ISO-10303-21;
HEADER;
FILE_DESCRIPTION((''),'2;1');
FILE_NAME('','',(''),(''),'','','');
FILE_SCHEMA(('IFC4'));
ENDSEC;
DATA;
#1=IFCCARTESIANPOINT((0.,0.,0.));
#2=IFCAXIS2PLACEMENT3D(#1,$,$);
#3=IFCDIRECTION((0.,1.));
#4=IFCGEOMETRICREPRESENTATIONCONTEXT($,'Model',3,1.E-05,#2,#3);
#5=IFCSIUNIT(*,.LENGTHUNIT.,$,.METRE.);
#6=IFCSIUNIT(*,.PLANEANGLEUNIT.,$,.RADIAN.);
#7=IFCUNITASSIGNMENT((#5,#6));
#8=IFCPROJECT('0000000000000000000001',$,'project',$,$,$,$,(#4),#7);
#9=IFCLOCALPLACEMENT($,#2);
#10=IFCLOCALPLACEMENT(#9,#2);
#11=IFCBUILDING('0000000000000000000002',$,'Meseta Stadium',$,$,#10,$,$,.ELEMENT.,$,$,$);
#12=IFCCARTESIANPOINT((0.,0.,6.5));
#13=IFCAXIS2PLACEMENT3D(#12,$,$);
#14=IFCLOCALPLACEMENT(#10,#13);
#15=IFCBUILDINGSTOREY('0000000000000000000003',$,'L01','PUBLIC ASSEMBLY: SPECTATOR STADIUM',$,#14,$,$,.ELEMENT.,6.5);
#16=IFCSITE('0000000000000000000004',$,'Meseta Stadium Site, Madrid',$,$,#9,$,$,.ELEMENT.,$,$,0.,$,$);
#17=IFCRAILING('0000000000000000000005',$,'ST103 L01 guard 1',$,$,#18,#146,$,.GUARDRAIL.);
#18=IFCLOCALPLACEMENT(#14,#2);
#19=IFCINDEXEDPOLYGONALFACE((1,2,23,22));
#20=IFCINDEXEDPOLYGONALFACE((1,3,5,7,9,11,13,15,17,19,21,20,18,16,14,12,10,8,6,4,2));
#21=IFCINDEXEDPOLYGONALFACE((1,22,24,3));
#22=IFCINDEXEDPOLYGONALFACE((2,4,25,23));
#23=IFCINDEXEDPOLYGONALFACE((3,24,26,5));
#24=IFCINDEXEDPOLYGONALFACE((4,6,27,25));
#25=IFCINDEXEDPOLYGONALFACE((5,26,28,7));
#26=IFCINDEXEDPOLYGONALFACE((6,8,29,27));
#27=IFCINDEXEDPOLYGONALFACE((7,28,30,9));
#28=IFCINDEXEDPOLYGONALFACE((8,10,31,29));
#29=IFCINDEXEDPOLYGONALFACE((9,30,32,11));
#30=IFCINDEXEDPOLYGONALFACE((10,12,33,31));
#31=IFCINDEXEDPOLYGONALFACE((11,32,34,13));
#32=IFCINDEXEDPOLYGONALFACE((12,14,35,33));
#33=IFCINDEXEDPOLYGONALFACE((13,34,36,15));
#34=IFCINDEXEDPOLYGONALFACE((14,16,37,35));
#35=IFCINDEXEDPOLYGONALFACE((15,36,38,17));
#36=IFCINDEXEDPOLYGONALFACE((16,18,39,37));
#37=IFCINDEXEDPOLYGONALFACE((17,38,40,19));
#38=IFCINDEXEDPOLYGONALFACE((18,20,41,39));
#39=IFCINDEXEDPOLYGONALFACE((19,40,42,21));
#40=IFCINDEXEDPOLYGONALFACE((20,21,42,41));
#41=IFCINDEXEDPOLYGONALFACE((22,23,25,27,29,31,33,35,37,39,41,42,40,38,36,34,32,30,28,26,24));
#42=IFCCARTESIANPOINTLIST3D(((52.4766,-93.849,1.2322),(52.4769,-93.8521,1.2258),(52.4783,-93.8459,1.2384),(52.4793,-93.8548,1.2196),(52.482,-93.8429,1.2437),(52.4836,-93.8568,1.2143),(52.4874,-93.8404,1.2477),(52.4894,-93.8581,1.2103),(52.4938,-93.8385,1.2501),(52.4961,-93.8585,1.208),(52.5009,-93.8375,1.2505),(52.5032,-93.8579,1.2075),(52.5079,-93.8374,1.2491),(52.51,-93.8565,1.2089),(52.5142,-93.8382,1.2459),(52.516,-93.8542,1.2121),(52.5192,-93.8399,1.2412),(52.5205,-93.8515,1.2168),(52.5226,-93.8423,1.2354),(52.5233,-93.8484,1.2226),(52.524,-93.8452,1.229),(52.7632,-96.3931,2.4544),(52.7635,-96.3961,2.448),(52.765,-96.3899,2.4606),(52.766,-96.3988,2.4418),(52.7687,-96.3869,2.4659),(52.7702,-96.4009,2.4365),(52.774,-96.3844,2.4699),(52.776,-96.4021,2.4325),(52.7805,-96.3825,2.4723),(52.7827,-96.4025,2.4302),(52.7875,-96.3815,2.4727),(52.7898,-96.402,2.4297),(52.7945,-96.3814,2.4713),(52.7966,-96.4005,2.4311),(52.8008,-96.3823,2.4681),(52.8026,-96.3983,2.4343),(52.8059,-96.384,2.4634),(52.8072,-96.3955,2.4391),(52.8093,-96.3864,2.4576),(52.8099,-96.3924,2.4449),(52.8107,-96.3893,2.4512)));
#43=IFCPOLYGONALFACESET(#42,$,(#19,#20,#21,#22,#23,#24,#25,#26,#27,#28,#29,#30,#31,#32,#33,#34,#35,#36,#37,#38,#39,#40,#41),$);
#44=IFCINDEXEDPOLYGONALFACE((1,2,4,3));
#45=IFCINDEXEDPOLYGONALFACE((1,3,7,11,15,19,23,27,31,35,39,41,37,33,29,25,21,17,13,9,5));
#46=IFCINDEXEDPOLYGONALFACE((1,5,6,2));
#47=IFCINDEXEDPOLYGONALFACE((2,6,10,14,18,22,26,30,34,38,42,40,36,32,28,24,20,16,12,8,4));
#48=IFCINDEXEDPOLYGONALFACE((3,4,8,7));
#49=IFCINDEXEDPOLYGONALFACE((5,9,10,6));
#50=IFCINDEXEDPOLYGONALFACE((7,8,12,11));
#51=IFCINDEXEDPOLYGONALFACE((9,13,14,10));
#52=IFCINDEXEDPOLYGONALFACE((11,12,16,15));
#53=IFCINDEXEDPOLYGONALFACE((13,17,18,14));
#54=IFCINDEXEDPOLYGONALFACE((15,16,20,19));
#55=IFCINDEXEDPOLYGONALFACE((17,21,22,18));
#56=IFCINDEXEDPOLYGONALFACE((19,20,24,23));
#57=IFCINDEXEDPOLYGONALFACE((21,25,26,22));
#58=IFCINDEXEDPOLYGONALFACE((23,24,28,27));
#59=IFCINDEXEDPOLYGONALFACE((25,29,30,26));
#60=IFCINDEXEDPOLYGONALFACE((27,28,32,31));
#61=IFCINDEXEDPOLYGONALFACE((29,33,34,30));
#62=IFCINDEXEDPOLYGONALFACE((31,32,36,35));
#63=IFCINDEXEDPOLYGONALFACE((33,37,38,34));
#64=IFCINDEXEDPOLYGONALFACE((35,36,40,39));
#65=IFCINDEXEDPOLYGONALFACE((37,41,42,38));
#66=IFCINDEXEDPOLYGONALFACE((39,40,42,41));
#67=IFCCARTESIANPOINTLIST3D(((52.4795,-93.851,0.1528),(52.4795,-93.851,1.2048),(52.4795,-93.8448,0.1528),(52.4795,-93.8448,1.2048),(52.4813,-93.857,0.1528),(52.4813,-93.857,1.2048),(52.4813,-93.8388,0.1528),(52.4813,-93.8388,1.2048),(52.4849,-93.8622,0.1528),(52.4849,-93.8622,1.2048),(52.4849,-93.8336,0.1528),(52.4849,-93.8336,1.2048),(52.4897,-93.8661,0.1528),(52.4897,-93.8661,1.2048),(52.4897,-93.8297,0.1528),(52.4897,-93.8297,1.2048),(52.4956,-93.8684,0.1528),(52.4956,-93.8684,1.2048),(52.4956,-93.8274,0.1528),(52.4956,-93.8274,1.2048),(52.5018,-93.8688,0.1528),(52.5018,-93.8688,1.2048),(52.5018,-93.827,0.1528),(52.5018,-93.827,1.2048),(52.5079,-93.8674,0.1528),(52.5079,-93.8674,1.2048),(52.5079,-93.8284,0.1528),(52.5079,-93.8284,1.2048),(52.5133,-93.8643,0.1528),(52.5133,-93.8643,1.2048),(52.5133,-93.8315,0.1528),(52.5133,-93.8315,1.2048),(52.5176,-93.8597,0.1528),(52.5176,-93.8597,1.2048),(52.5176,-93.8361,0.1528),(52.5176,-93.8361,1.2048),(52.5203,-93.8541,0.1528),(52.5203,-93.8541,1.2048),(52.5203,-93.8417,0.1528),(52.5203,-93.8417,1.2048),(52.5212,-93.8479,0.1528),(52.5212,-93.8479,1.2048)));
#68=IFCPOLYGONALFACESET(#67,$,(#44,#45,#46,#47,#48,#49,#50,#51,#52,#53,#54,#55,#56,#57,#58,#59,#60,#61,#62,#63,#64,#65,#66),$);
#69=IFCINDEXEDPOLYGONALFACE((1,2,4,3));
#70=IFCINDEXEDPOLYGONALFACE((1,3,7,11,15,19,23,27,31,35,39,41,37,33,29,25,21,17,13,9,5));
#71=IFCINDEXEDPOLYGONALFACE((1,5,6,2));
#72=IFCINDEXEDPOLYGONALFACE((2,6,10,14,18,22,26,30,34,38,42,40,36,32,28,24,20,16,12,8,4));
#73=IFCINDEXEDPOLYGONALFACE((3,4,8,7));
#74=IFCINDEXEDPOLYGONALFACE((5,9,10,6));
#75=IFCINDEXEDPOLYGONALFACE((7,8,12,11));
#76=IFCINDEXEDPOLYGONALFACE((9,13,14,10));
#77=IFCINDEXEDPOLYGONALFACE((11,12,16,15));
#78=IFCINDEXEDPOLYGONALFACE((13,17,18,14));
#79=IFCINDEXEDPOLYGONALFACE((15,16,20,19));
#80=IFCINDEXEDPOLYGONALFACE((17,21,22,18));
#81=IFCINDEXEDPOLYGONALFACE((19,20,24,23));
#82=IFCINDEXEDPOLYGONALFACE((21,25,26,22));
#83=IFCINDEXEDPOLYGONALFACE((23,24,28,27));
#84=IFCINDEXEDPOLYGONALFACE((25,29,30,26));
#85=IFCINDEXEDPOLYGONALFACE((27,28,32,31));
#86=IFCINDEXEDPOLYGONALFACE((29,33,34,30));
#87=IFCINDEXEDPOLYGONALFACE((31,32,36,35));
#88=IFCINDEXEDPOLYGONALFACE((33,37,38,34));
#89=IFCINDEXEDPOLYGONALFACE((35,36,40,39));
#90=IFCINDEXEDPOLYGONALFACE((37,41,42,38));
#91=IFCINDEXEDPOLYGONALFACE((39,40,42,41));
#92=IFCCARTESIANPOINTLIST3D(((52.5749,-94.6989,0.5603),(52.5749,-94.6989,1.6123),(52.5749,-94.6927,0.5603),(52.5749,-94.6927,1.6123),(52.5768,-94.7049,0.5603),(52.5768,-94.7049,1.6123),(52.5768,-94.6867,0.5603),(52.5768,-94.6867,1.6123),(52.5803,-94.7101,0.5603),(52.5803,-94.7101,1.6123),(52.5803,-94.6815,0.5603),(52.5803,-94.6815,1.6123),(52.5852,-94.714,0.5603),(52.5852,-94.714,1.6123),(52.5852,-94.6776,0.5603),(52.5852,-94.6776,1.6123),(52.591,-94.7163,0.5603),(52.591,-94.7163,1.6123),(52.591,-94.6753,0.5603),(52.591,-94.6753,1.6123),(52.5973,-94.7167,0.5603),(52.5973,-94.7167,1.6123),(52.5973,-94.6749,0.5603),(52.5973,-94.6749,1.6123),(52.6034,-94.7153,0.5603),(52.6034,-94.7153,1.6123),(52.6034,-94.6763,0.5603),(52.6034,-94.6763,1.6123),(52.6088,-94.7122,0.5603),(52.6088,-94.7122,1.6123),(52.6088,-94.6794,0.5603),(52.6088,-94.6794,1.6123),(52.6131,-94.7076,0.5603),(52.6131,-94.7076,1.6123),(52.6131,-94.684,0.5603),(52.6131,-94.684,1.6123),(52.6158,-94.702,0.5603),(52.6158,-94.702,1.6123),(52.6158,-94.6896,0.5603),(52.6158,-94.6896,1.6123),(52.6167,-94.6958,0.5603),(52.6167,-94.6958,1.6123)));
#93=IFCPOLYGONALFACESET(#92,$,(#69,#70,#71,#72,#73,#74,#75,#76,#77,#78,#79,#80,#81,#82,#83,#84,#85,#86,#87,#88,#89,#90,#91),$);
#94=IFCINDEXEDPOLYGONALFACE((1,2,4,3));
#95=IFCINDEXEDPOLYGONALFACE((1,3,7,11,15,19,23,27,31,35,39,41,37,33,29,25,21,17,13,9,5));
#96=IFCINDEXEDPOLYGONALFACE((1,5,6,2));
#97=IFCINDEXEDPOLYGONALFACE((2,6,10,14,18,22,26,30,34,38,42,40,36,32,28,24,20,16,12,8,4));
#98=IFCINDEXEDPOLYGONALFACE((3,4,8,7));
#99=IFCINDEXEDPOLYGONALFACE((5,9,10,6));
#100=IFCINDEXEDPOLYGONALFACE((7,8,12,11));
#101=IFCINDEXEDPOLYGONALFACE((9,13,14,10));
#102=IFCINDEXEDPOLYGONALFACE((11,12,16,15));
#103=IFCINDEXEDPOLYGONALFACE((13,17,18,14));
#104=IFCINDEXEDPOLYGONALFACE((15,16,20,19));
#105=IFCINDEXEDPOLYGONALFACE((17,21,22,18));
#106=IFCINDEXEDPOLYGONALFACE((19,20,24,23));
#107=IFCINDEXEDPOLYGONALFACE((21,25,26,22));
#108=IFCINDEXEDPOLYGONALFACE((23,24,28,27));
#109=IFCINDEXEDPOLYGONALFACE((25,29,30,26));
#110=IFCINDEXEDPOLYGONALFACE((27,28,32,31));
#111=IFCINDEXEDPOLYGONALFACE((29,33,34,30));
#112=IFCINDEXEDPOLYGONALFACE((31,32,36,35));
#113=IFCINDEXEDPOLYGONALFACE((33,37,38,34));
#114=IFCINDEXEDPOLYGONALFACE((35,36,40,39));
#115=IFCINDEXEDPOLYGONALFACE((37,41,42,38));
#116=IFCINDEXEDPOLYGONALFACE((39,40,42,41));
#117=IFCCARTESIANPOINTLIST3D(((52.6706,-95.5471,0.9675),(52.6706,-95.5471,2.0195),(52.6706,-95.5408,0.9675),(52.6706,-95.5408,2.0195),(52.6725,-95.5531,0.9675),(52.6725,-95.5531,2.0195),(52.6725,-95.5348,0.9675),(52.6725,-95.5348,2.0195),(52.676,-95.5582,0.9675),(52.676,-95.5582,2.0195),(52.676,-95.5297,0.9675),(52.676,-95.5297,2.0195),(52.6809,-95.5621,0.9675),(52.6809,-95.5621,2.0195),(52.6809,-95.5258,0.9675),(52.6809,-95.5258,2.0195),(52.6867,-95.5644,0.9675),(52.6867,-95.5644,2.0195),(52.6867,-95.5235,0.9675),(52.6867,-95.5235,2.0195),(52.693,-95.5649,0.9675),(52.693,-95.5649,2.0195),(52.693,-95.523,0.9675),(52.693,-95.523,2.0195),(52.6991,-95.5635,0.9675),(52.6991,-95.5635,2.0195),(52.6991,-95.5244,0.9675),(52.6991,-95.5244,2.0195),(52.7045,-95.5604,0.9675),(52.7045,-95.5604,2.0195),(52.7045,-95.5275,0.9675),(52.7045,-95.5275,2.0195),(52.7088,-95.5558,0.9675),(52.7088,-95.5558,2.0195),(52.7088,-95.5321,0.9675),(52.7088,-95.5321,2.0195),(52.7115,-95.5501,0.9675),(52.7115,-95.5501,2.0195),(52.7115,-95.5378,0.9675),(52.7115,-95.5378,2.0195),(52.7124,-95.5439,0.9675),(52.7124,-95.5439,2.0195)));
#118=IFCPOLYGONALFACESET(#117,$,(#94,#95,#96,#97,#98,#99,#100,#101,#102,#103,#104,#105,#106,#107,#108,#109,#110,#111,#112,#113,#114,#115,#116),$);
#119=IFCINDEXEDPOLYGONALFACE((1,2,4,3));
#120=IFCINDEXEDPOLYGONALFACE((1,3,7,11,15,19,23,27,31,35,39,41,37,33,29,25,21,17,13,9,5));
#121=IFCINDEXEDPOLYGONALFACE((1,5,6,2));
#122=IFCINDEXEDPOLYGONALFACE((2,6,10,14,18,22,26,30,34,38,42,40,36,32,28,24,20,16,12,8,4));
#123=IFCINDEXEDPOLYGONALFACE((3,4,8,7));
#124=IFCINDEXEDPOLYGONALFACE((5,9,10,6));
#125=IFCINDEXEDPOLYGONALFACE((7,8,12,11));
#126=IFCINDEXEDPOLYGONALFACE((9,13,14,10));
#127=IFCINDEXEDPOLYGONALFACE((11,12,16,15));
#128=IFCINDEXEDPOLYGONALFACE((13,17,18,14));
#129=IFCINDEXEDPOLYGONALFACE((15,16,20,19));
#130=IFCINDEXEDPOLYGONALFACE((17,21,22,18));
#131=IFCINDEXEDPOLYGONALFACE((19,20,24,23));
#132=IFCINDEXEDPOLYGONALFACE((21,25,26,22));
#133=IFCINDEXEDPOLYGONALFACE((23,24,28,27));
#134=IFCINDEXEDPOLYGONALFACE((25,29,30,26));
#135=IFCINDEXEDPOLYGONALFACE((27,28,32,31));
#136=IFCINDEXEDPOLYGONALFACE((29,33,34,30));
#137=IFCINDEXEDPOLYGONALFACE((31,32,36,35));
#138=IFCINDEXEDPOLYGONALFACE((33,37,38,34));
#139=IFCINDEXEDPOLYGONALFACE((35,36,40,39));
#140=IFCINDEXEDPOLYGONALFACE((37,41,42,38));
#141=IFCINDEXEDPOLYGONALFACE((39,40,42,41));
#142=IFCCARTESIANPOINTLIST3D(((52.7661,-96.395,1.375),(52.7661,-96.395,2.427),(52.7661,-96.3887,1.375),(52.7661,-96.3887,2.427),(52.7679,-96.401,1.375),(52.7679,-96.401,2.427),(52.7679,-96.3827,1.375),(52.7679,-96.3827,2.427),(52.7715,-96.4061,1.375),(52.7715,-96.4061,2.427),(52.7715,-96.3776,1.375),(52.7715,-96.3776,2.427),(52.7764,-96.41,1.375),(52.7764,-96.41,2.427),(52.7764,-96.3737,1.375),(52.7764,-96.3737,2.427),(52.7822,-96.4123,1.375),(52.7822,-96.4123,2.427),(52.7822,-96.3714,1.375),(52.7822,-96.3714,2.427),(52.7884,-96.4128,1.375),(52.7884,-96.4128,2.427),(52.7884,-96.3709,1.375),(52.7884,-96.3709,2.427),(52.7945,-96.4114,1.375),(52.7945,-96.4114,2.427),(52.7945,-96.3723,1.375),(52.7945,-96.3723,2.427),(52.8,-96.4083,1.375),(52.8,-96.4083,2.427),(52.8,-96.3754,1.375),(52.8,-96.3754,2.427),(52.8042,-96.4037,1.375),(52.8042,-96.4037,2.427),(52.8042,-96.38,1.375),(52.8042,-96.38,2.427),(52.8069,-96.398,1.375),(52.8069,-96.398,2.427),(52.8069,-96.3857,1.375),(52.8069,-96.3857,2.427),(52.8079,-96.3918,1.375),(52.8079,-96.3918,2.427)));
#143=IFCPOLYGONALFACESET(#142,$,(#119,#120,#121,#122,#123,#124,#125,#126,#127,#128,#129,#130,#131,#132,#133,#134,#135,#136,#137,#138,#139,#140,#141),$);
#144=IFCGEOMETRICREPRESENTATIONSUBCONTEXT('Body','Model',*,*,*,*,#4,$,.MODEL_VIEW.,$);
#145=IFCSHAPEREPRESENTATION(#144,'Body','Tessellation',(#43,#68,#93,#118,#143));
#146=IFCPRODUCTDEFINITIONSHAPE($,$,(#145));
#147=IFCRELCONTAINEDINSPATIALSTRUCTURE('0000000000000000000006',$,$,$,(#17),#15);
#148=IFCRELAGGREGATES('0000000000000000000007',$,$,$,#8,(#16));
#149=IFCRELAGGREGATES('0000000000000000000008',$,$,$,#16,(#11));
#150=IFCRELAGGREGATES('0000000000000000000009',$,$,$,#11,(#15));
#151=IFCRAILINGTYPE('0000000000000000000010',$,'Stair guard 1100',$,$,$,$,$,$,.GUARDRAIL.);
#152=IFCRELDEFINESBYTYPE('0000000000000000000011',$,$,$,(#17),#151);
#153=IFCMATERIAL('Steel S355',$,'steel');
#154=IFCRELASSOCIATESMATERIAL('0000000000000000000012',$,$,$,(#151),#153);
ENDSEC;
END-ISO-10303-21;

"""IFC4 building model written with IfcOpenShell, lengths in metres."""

from ifc_helpers import new_model, si_unit, direction, frame, origin, origin_2d, place, context, subcontext, project, spatial, circle, extrude, material, type_object, element, save


model = new_model("IFC4")

# Units and contexts
model_context = context("Model", 3, precision=1e-05, world=origin(), true_north=direction((0.0, 1.0)))
body_context = subcontext(model_context, "Body", "Model", "MODEL_VIEW")
ifc_project = project(units=[si_unit("LENGTHUNIT", "METRE"), si_unit("PLANEANGLEUNIT", "RADIAN")], contexts=[model_context])

# Site, building, storey
site_placement = place(None, origin())
site = spatial("IfcSite", under=ifc_project, at=site_placement, Name="Meseta Stadium Site, Madrid", CompositionType="ELEMENT", RefElevation=0.0)
building_placement = place(site_placement, origin())
building = spatial("IfcBuilding", under=site, at=building_placement, Name="Meseta Stadium", CompositionType="ELEMENT")
storey_placement = place(building_placement, frame((0.0, 0.0, 6.5)))
storey = spatial("IfcBuildingStorey", under=building, at=storey_placement, Name="L01", Description="PUBLIC ASSEMBLY: SPECTATOR STADIUM", CompositionType="ELEMENT", Elevation=6.5)

# Railing
ifc_material_1 = material(Name="Steel S355", Category="steel")
railing_type_1 = type_object("IfcRailingType", Name="Stair guard 1100", PredefinedType="GUARDRAIL", material=ifc_material_1)
railing_1_placement = place(storey_placement, frame((52.5002, -93.8479, 0.1528)))
element("IfcRailing", 1, at=railing_1_placement, inside=storey, type_object=railing_type_1, Name="ST103 L01 guard 1", PredefinedType="GUARDRAIL", context=body_context, shape_type="SweptSolid", body=[
    extrude(circle(Radius=0.0239, at=origin_2d()), frame((0.0, 0.0, 1.0762), z_axis=(0.101036, -0.896762, 0.430824), x_axis=(0.993713, 0.11196, 0.0)), (0.0, 0.0, 1.0), 2.8369),
    extrude(circle(Radius=0.021, at=origin_2d()), origin(), (0.0, 0.0, 1.0), 1.052),
    extrude(circle(Radius=0.021, at=origin_2d()), frame((0.0955, -0.8479, 0.4075)), (0.0, 0.0, 1.0), 1.052),
    extrude(circle(Radius=0.021, at=origin_2d()), frame((0.1912, -1.696, 0.8147)), (0.0, 0.0, 1.0), 1.052),
    extrude(circle(Radius=0.021, at=origin_2d()), frame((0.2866, -2.5439, 1.2222)), (0.0, 0.0, 1.0), 1.052),
])

save(model, "model.ifc")
